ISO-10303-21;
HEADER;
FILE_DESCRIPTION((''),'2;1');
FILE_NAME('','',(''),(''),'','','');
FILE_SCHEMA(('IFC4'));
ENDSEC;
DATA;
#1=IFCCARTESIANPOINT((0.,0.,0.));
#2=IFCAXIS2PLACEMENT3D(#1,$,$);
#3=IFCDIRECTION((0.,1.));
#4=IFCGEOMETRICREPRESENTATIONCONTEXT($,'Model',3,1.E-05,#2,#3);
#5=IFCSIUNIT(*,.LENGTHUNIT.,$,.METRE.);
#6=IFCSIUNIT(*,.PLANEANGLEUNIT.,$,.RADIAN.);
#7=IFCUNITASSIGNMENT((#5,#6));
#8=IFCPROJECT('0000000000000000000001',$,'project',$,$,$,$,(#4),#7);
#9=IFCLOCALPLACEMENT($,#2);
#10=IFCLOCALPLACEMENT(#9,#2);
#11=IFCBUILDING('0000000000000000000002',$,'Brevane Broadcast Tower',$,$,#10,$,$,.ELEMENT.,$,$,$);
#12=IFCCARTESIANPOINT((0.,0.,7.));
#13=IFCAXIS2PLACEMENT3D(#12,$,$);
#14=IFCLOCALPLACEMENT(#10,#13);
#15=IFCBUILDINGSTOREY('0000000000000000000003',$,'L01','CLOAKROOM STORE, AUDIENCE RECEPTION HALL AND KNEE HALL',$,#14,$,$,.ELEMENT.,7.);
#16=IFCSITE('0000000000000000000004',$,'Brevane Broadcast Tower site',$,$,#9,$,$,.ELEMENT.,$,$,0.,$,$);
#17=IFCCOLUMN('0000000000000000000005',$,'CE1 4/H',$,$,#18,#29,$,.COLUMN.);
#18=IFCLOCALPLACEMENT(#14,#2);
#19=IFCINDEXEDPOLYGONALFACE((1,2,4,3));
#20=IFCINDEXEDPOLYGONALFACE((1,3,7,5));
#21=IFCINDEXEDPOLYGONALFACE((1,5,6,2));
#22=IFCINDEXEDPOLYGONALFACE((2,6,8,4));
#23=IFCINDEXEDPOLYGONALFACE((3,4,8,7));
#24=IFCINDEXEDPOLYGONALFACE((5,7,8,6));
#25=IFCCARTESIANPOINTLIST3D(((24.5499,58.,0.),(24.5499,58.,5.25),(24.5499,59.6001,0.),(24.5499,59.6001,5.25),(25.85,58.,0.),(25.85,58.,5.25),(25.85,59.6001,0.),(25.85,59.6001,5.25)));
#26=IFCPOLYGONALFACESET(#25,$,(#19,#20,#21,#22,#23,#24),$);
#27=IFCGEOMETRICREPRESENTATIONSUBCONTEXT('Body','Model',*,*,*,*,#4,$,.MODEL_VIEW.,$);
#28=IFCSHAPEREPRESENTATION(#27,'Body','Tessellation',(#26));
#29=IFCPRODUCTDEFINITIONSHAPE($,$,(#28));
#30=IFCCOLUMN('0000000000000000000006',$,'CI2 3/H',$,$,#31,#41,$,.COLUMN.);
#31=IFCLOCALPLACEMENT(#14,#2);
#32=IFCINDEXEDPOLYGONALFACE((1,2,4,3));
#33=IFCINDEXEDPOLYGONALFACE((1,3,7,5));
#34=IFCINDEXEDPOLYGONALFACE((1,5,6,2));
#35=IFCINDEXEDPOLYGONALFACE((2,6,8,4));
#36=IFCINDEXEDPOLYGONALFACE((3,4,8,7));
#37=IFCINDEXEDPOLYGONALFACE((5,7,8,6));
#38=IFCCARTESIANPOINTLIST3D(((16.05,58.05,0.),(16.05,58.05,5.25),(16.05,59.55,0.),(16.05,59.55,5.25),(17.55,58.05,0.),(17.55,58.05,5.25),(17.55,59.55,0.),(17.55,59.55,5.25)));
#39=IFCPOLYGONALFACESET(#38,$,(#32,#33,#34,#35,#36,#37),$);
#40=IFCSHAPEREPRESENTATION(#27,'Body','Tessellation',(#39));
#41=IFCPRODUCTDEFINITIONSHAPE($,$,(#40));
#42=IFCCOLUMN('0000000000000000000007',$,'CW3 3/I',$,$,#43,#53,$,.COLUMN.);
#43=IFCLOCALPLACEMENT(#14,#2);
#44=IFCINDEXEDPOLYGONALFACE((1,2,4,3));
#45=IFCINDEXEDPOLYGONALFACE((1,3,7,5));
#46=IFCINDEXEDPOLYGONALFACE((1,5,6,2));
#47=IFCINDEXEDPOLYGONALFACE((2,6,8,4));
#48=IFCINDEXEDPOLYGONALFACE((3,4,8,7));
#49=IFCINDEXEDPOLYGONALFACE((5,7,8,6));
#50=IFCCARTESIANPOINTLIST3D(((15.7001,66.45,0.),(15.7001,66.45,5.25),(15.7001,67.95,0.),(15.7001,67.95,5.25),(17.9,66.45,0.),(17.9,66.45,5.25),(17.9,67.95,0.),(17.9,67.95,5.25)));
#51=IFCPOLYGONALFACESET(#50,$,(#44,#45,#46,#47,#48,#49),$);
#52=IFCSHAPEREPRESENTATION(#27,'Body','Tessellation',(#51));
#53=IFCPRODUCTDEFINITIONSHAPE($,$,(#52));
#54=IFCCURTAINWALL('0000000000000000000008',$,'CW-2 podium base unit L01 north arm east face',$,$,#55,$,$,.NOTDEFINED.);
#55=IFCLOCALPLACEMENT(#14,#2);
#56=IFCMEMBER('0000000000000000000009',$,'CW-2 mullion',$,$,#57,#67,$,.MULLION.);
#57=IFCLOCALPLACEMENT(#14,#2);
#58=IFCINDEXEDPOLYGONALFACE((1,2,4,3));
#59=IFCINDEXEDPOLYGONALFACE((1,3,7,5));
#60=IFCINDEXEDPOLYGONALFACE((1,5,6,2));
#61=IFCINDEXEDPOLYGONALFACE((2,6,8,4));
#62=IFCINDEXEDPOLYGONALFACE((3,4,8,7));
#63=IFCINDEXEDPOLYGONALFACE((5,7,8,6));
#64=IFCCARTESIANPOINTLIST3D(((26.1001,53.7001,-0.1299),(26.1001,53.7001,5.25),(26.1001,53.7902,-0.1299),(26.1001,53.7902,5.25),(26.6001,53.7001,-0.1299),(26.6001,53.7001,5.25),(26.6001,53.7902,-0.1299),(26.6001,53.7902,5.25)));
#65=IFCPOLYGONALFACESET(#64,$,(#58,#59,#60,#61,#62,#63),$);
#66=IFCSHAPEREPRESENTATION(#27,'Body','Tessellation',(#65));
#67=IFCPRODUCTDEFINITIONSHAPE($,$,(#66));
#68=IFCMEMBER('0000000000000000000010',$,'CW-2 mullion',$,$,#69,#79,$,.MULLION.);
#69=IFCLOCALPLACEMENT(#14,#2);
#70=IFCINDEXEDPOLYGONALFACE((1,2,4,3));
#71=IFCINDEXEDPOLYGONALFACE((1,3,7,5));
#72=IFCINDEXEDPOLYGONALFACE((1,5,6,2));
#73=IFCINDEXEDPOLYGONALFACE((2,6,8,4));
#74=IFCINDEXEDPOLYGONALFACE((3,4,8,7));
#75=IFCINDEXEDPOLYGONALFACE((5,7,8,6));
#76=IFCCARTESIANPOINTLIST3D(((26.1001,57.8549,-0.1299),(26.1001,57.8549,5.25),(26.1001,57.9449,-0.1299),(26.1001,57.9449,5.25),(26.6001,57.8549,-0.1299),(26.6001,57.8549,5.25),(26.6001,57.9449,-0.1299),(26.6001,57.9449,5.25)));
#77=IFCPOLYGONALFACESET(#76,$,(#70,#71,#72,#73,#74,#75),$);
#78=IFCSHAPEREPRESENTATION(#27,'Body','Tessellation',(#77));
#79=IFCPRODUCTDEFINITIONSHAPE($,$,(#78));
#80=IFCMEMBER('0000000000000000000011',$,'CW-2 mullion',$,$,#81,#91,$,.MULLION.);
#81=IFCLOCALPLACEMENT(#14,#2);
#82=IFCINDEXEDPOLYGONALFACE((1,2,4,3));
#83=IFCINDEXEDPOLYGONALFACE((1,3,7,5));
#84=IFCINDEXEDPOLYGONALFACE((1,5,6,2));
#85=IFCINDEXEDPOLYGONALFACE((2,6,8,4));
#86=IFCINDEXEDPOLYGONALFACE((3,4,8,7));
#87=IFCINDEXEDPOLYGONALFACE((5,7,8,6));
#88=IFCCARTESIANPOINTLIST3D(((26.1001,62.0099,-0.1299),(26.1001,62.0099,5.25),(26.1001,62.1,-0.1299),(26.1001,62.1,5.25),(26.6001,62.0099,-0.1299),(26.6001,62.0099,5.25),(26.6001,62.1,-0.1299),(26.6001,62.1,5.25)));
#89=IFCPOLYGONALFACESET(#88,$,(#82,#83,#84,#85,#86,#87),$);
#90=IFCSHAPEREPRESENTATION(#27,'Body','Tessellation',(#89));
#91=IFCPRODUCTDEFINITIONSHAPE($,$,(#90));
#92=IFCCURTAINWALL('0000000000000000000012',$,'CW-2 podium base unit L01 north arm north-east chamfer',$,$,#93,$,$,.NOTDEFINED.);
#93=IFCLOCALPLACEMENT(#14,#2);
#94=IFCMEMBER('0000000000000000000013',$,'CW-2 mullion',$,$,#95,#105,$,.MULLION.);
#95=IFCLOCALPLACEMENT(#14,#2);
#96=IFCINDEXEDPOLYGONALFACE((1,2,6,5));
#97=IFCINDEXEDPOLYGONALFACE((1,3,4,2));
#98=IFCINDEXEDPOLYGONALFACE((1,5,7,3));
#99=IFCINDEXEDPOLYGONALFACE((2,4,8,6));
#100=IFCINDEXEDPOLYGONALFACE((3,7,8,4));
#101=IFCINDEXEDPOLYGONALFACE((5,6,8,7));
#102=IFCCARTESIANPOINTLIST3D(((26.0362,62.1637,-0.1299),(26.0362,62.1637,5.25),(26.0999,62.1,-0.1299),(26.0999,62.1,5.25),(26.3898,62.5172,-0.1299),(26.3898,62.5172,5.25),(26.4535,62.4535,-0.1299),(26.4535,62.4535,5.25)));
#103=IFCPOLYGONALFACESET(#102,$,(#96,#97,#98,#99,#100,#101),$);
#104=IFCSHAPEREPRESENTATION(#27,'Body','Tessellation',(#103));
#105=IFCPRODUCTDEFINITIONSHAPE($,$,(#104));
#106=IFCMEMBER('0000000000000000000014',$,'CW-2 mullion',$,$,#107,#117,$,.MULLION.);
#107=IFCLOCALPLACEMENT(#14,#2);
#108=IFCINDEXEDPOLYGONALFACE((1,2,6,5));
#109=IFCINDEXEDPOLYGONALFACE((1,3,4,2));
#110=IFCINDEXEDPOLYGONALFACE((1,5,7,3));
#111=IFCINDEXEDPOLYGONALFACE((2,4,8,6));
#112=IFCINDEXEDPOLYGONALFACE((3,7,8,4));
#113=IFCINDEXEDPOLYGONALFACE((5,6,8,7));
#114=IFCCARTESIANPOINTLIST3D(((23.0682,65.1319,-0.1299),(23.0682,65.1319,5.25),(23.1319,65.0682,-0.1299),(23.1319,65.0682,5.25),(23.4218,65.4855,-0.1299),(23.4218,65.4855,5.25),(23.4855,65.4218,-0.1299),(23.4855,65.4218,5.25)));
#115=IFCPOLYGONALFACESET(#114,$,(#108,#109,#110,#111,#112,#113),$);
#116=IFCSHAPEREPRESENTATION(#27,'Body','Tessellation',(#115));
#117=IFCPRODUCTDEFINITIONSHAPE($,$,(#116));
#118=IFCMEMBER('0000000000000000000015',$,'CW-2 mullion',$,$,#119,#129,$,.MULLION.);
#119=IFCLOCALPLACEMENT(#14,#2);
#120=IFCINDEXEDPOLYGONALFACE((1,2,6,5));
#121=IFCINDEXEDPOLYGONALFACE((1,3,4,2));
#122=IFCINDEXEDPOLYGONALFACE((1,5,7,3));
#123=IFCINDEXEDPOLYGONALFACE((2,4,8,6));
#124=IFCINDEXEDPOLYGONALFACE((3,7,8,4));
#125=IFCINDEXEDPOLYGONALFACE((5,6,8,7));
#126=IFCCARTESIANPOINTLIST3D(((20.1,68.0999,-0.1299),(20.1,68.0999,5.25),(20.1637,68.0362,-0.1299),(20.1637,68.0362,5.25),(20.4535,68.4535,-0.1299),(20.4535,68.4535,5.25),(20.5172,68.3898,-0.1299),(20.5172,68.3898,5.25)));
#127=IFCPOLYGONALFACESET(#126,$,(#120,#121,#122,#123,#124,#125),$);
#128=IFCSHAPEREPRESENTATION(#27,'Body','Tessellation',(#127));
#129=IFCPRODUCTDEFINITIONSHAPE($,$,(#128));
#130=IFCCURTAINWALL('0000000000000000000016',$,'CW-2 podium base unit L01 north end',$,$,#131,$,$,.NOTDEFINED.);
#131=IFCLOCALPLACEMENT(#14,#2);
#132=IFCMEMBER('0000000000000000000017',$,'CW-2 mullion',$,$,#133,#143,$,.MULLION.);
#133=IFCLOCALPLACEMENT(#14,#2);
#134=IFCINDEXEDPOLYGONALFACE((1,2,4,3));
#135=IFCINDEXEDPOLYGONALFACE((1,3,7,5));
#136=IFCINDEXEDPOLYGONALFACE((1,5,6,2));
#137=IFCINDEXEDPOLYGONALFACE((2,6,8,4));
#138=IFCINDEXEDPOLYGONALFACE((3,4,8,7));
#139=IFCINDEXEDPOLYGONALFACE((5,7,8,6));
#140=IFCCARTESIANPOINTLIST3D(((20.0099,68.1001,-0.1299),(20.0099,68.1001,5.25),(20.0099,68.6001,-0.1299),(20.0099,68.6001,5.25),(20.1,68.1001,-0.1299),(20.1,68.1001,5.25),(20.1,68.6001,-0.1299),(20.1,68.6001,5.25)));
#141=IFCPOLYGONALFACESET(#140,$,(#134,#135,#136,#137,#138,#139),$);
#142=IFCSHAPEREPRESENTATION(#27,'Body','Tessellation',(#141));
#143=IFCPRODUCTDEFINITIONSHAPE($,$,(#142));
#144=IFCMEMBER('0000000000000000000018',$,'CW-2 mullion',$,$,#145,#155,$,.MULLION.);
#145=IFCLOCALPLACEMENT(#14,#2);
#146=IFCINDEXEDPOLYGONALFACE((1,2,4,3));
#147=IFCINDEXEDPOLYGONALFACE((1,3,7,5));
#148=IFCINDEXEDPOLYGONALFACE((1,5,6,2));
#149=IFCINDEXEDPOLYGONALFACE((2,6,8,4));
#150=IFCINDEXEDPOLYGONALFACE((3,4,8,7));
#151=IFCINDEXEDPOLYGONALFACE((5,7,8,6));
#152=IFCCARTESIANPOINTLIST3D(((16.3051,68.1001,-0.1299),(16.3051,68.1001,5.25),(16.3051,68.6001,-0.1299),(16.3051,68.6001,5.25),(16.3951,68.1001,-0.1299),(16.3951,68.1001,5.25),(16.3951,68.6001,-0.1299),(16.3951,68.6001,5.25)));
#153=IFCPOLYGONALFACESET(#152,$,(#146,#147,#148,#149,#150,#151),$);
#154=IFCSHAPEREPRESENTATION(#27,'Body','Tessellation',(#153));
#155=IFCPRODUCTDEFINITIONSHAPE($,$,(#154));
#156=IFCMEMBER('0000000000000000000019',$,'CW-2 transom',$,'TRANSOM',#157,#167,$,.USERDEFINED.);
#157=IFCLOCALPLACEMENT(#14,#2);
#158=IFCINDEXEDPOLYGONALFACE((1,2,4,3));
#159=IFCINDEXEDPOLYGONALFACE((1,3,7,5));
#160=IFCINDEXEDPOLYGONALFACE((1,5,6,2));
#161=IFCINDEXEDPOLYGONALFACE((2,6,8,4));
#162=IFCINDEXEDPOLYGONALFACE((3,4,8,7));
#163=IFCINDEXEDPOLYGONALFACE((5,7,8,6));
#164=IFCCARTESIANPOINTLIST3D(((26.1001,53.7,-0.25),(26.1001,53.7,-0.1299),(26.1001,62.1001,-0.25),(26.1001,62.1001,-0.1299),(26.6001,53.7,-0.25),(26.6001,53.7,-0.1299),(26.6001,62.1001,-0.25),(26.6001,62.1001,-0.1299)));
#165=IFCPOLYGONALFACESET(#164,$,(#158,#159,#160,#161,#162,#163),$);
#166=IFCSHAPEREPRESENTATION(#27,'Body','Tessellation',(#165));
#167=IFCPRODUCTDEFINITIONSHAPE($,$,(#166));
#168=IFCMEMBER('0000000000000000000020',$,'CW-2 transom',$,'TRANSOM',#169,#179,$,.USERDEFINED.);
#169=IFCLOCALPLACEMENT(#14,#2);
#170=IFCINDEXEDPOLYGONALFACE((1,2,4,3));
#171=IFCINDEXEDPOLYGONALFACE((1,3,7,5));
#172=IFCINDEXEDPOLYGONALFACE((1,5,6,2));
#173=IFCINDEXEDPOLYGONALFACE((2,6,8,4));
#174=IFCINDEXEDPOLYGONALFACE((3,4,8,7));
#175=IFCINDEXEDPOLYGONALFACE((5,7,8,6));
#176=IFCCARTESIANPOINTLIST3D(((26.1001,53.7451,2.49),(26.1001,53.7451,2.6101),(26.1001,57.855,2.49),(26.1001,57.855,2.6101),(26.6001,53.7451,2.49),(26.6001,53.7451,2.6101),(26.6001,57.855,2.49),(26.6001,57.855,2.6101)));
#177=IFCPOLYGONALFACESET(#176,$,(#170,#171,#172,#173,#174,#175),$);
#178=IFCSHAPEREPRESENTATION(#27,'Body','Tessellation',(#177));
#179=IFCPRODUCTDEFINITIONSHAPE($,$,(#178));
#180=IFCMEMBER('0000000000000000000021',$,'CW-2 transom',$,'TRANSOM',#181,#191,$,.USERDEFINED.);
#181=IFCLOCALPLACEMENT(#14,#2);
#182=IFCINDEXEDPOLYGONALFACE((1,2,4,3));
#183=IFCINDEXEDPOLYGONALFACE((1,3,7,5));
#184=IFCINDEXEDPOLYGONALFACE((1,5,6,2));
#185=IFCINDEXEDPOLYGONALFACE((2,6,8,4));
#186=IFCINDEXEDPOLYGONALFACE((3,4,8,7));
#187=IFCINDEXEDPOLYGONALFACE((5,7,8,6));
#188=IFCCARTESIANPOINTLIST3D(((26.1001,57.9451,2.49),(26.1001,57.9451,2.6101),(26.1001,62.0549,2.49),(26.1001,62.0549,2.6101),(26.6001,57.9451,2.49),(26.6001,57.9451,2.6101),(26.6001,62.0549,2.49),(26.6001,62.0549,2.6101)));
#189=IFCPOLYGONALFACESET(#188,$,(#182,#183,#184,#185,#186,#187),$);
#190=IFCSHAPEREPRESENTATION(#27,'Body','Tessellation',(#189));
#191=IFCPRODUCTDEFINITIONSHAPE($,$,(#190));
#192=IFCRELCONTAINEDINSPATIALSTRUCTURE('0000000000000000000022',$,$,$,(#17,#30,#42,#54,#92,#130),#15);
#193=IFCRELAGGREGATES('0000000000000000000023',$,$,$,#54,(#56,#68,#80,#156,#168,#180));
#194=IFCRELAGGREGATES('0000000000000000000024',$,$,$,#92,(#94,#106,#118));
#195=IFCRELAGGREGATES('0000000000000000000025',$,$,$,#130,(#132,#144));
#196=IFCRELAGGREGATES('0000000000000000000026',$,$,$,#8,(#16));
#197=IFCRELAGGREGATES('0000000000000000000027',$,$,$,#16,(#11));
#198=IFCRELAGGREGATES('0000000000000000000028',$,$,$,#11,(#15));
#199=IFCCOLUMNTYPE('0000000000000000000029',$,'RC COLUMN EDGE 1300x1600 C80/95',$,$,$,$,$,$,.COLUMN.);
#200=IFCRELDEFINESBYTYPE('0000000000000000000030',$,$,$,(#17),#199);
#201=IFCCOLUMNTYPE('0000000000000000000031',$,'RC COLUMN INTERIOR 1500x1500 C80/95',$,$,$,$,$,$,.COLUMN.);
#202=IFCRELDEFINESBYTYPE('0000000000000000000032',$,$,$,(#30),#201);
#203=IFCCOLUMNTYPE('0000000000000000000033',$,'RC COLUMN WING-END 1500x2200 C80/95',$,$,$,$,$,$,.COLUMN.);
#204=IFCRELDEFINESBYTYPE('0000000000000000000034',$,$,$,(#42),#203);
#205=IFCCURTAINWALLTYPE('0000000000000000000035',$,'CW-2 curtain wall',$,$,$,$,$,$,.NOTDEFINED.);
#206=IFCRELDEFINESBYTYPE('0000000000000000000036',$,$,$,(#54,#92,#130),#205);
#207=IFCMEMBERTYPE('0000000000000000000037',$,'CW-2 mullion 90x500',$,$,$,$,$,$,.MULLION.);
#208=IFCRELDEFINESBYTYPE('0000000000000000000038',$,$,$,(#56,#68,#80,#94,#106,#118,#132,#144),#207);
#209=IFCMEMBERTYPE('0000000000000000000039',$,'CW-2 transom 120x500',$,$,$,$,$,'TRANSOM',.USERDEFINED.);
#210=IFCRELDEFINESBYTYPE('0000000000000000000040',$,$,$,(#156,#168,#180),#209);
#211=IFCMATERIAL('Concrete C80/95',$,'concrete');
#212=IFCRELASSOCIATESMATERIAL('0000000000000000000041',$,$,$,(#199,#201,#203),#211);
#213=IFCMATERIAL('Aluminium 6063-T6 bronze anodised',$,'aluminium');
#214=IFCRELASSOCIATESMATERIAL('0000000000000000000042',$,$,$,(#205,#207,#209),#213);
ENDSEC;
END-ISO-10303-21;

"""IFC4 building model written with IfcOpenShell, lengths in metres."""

from ifc_helpers import new_model, si_unit, direction, frame, origin, origin_2d, place, context, subcontext, project, spatial, rectangle, extrude, material, material_profile, profile_set, type_object, element, aggregate, save


model = new_model("IFC4")

# Units and contexts
model_context = context("Model", 3, precision=1e-05, world=origin(), true_north=direction((0.0, 1.0)))
body_context = subcontext(model_context, "Body", "Model", "MODEL_VIEW")
ifc_project = project(units=[si_unit("LENGTHUNIT", "METRE"), si_unit("PLANEANGLEUNIT", "RADIAN")], contexts=[model_context])

# Site, building, storey
site_placement = place(None, origin())
site = spatial("IfcSite", under=ifc_project, at=site_placement, Name="Brevane Broadcast Tower site", CompositionType="ELEMENT", RefElevation=0.0)
building_placement = place(site_placement, origin())
building = spatial("IfcBuilding", under=site, at=building_placement, Name="Brevane Broadcast Tower", CompositionType="ELEMENT")
storey_placement = place(building_placement, frame((0.0, 0.0, 7.0)))
storey = spatial("IfcBuildingStorey", under=building, at=storey_placement, Name="L01", Description="CLOAKROOM STORE, AUDIENCE RECEPTION HALL AND KNEE HALL", CompositionType="ELEMENT", Elevation=7.0)

# Columns
ifc_material_1 = material(Name="Concrete C80/95", Category="concrete")
ifc_material_profile_1 = material_profile(ifc_material_1, rectangle(XDim=1.3, YDim=1.6001, at=origin_2d()), Name="RC 1300x1600")
ifc_profile_set_1 = profile_set([ifc_material_profile_1], Name="Concrete C80/95")
column_type_1 = type_object("IfcColumnType", Name="RC COLUMN EDGE 1300x1600 C80/95", PredefinedType="COLUMN", material=ifc_profile_set_1)
column_1_placement = place(storey_placement, frame((25.2, 58.8, 0.0), z_axis=(0.0, 0.0, 1.0), x_axis=(1.0, 0.0, 0.0)))
element("IfcColumn", 1, at=column_1_placement, inside=storey, type_object=column_type_1, Name="CE1 4/H", PredefinedType="COLUMN", context=body_context, shape_type="SweptSolid", body=[
    extrude(rectangle(XDim=1.3, YDim=1.6001, at=origin_2d()), origin(), (0.0, 0.0, 1.0), 5.25),
])
ifc_material_profile_2 = material_profile(ifc_material_1, rectangle(XDim=1.5, YDim=1.5, at=origin_2d()), Name="RC 1500x1500")
ifc_profile_set_2 = profile_set([ifc_material_profile_2], Name="Concrete C80/95")
column_type_2 = type_object("IfcColumnType", Name="RC COLUMN INTERIOR 1500x1500 C80/95", PredefinedType="COLUMN", material=ifc_profile_set_2)
column_2_placement = place(storey_placement, frame((16.8, 58.8, 0.0), z_axis=(0.0, 0.0, 1.0), x_axis=(1.0, 0.0, 0.0)))
element("IfcColumn", 2, at=column_2_placement, inside=storey, type_object=column_type_2, Name="CI2 3/H", PredefinedType="COLUMN", context=body_context, shape_type="SweptSolid", body=[
    extrude(rectangle(XDim=1.5, YDim=1.5, at=origin_2d()), origin(), (0.0, 0.0, 1.0), 5.25),
])
ifc_material_profile_3 = material_profile(ifc_material_1, rectangle(XDim=1.5, YDim=2.2, at=origin_2d()), Name="RC 1500x2200")
ifc_profile_set_3 = profile_set([ifc_material_profile_3], Name="Concrete C80/95")
column_type_3 = type_object("IfcColumnType", Name="RC COLUMN WING-END 1500x2200 C80/95", PredefinedType="COLUMN", material=ifc_profile_set_3)
column_3_placement = place(storey_placement, frame((16.8, 67.2, 0.0), z_axis=(0.0, 0.0, 1.0), x_axis=(0.0, 1.0, 0.0)))
element("IfcColumn", 3, at=column_3_placement, inside=storey, type_object=column_type_3, Name="CW3 3/I", PredefinedType="COLUMN", context=body_context, shape_type="SweptSolid", body=[
    extrude(rectangle(XDim=1.5, YDim=2.2, at=origin_2d()), origin(), (0.0, 0.0, 1.0), 5.25),
])

# Curtain walls, members
ifc_material_2 = material(Name="Aluminium 6063-T6 bronze anodised", Category="aluminium")
curtain_wall_type = type_object("IfcCurtainWallType", Name="CW-2 curtain wall", PredefinedType="NOTDEFINED", material=ifc_material_2)
curtain_wall_1_placement = place(storey_placement, origin())
curtain_wall_1 = element("IfcCurtainWall", 4, at=curtain_wall_1_placement, inside=storey, type_object=curtain_wall_type, Name="CW-2 podium base unit L01 north arm east face", PredefinedType="NOTDEFINED")
ifc_material_profile_4 = material_profile(ifc_material_2, rectangle(XDim=0.5, YDim=0.0901, at=origin_2d()), Name="RECT 90x500")
ifc_profile_set_4 = profile_set([ifc_material_profile_4], Name="Aluminium 6063-T6 bronze anodised")
member_type_1 = type_object("IfcMemberType", Name="CW-2 mullion 90x500", PredefinedType="MULLION", material=ifc_profile_set_4)
member_1_placement = place(storey_placement, frame((26.3501, 53.7451, -0.1299), z_axis=(0.0, 0.0, 1.0), x_axis=(-1.0, 0.0, 0.0)))
member_1 = element("IfcMember", 5, at=member_1_placement, type_object=member_type_1, Name="CW-2 mullion", PredefinedType="MULLION", context=body_context, shape_type="SweptSolid", body=[
    extrude(rectangle(XDim=0.5, YDim=0.0901, at=origin_2d()), origin(), (0.0, 0.0, 1.0), 5.3799),
])
member_2_placement = place(storey_placement, frame((26.3501, 57.8999, -0.1299), z_axis=(0.0, 0.0, 1.0), x_axis=(-1.0, 0.0, 0.0)))
member_2 = element("IfcMember", 6, at=member_2_placement, type_object=member_type_1, Name="CW-2 mullion", PredefinedType="MULLION", context=body_context, shape_type="SweptSolid", body=[
    extrude(rectangle(XDim=0.5, YDim=0.0901, at=origin_2d()), origin(), (0.0, 0.0, 1.0), 5.3799),
])
member_3_placement = place(storey_placement, frame((26.3501, 62.0549, -0.1299), z_axis=(0.0, 0.0, 1.0), x_axis=(-1.0, 0.0, 0.0)))
member_3 = element("IfcMember", 7, at=member_3_placement, type_object=member_type_1, Name="CW-2 mullion", PredefinedType="MULLION", context=body_context, shape_type="SweptSolid", body=[
    extrude(rectangle(XDim=0.5, YDim=0.0901, at=origin_2d()), origin(), (0.0, 0.0, 1.0), 5.3799),
])
curtain_wall_2_placement = place(storey_placement, origin())
curtain_wall_2 = element("IfcCurtainWall", 8, at=curtain_wall_2_placement, inside=storey, type_object=curtain_wall_type, Name="CW-2 podium base unit L01 north arm north-east chamfer", PredefinedType="NOTDEFINED")
member_4_placement = place(storey_placement, frame((26.2449, 62.3086, -0.1299), z_axis=(0.0, 0.0, 1.0), x_axis=(-0.707107, -0.707107, 0.0)))
member_4 = element("IfcMember", 9, at=member_4_placement, type_object=member_type_1, Name="CW-2 mullion", PredefinedType="MULLION", context=body_context, shape_type="SweptSolid", body=[
    extrude(rectangle(XDim=0.5, YDim=0.0901, at=origin_2d()), origin(), (0.0, 0.0, 1.0), 5.3799),
])
member_5_placement = place(storey_placement, frame((23.2769, 65.2769, -0.1299), z_axis=(0.0, 0.0, 1.0), x_axis=(-0.707107, -0.707107, 0.0)))
member_5 = element("IfcMember", 10, at=member_5_placement, type_object=member_type_1, Name="CW-2 mullion", PredefinedType="MULLION", context=body_context, shape_type="SweptSolid", body=[
    extrude(rectangle(XDim=0.5, YDim=0.0901, at=origin_2d()), origin(), (0.0, 0.0, 1.0), 5.3799),
])
member_6_placement = place(storey_placement, frame((20.3086, 68.2449, -0.1299), z_axis=(0.0, 0.0, 1.0), x_axis=(-0.707107, -0.707107, 0.0)))
member_6 = element("IfcMember", 11, at=member_6_placement, type_object=member_type_1, Name="CW-2 mullion", PredefinedType="MULLION", context=body_context, shape_type="SweptSolid", body=[
    extrude(rectangle(XDim=0.5, YDim=0.0901, at=origin_2d()), origin(), (0.0, 0.0, 1.0), 5.3799),
])
curtain_wall_3_placement = place(storey_placement, origin())
curtain_wall_3 = element("IfcCurtainWall", 12, at=curtain_wall_3_placement, inside=storey, type_object=curtain_wall_type, Name="CW-2 podium base unit L01 north end", PredefinedType="NOTDEFINED")
member_7_placement = place(storey_placement, frame((20.0549, 68.3501, -0.1299), z_axis=(0.0, 0.0, 1.0), x_axis=(0.0, -1.0, 0.0)))
member_7 = element("IfcMember", 13, at=member_7_placement, type_object=member_type_1, Name="CW-2 mullion", PredefinedType="MULLION", context=body_context, shape_type="SweptSolid", body=[
    extrude(rectangle(XDim=0.5, YDim=0.0901, at=origin_2d()), origin(), (0.0, 0.0, 1.0), 5.3799),
])
member_8_placement = place(storey_placement, frame((16.3501, 68.3501, -0.1299), z_axis=(0.0, 0.0, 1.0), x_axis=(0.0, -1.0, 0.0)))
member_8 = element("IfcMember", 14, at=member_8_placement, type_object=member_type_1, Name="CW-2 mullion", PredefinedType="MULLION", context=body_context, shape_type="SweptSolid", body=[
    extrude(rectangle(XDim=0.5, YDim=0.0901, at=origin_2d()), origin(), (0.0, 0.0, 1.0), 5.3799),
])

# Members
ifc_material_profile_5 = material_profile(ifc_material_2, rectangle(XDim=0.5, YDim=0.1201, at=origin_2d()), Name="RECT 120x500")
ifc_profile_set_5 = profile_set([ifc_material_profile_5], Name="Aluminium 6063-T6 bronze anodised")
member_type_2 = type_object("IfcMemberType", Name="CW-2 transom 120x500", ElementType="TRANSOM", PredefinedType="USERDEFINED", material=ifc_profile_set_5)
member_9_placement = place(storey_placement, frame((26.3501, 53.7, -0.1899), z_axis=(0.0, 1.0, 0.0), x_axis=(-1.0, 0.0, 0.0)))
member_9 = element("IfcMember", 15, at=member_9_placement, type_object=member_type_2, Name="CW-2 transom", ObjectType="TRANSOM", PredefinedType="USERDEFINED", context=body_context, shape_type="SweptSolid", body=[
    extrude(rectangle(XDim=0.5, YDim=0.1201, at=origin_2d()), origin(), (0.0, 0.0, 1.0), 8.4001),
])
member_10_placement = place(storey_placement, frame((26.3501, 53.7451, 2.55), z_axis=(0.0, 1.0, 0.0), x_axis=(-1.0, 0.0, 0.0)))
member_10 = element("IfcMember", 16, at=member_10_placement, type_object=member_type_2, Name="CW-2 transom", ObjectType="TRANSOM", PredefinedType="USERDEFINED", context=body_context, shape_type="SweptSolid", body=[
    extrude(rectangle(XDim=0.5, YDim=0.1201, at=origin_2d()), origin(), (0.0, 0.0, 1.0), 4.1099),
])
member_11_placement = place(storey_placement, frame((26.3501, 57.9451, 2.55), z_axis=(0.0, 1.0, 0.0), x_axis=(-1.0, 0.0, 0.0)))
member_11 = element("IfcMember", 17, at=member_11_placement, type_object=member_type_2, Name="CW-2 transom", ObjectType="TRANSOM", PredefinedType="USERDEFINED", context=body_context, shape_type="SweptSolid", body=[
    extrude(rectangle(XDim=0.5, YDim=0.1201, at=origin_2d()), origin(), (0.0, 0.0, 1.0), 4.1099),
])
aggregate(curtain_wall_1, [member_1, member_2, member_3, member_9, member_10, member_11])
aggregate(curtain_wall_2, [member_4, member_5, member_6])
aggregate(curtain_wall_3, [member_7, member_8])

save(model, "model.ifc")
